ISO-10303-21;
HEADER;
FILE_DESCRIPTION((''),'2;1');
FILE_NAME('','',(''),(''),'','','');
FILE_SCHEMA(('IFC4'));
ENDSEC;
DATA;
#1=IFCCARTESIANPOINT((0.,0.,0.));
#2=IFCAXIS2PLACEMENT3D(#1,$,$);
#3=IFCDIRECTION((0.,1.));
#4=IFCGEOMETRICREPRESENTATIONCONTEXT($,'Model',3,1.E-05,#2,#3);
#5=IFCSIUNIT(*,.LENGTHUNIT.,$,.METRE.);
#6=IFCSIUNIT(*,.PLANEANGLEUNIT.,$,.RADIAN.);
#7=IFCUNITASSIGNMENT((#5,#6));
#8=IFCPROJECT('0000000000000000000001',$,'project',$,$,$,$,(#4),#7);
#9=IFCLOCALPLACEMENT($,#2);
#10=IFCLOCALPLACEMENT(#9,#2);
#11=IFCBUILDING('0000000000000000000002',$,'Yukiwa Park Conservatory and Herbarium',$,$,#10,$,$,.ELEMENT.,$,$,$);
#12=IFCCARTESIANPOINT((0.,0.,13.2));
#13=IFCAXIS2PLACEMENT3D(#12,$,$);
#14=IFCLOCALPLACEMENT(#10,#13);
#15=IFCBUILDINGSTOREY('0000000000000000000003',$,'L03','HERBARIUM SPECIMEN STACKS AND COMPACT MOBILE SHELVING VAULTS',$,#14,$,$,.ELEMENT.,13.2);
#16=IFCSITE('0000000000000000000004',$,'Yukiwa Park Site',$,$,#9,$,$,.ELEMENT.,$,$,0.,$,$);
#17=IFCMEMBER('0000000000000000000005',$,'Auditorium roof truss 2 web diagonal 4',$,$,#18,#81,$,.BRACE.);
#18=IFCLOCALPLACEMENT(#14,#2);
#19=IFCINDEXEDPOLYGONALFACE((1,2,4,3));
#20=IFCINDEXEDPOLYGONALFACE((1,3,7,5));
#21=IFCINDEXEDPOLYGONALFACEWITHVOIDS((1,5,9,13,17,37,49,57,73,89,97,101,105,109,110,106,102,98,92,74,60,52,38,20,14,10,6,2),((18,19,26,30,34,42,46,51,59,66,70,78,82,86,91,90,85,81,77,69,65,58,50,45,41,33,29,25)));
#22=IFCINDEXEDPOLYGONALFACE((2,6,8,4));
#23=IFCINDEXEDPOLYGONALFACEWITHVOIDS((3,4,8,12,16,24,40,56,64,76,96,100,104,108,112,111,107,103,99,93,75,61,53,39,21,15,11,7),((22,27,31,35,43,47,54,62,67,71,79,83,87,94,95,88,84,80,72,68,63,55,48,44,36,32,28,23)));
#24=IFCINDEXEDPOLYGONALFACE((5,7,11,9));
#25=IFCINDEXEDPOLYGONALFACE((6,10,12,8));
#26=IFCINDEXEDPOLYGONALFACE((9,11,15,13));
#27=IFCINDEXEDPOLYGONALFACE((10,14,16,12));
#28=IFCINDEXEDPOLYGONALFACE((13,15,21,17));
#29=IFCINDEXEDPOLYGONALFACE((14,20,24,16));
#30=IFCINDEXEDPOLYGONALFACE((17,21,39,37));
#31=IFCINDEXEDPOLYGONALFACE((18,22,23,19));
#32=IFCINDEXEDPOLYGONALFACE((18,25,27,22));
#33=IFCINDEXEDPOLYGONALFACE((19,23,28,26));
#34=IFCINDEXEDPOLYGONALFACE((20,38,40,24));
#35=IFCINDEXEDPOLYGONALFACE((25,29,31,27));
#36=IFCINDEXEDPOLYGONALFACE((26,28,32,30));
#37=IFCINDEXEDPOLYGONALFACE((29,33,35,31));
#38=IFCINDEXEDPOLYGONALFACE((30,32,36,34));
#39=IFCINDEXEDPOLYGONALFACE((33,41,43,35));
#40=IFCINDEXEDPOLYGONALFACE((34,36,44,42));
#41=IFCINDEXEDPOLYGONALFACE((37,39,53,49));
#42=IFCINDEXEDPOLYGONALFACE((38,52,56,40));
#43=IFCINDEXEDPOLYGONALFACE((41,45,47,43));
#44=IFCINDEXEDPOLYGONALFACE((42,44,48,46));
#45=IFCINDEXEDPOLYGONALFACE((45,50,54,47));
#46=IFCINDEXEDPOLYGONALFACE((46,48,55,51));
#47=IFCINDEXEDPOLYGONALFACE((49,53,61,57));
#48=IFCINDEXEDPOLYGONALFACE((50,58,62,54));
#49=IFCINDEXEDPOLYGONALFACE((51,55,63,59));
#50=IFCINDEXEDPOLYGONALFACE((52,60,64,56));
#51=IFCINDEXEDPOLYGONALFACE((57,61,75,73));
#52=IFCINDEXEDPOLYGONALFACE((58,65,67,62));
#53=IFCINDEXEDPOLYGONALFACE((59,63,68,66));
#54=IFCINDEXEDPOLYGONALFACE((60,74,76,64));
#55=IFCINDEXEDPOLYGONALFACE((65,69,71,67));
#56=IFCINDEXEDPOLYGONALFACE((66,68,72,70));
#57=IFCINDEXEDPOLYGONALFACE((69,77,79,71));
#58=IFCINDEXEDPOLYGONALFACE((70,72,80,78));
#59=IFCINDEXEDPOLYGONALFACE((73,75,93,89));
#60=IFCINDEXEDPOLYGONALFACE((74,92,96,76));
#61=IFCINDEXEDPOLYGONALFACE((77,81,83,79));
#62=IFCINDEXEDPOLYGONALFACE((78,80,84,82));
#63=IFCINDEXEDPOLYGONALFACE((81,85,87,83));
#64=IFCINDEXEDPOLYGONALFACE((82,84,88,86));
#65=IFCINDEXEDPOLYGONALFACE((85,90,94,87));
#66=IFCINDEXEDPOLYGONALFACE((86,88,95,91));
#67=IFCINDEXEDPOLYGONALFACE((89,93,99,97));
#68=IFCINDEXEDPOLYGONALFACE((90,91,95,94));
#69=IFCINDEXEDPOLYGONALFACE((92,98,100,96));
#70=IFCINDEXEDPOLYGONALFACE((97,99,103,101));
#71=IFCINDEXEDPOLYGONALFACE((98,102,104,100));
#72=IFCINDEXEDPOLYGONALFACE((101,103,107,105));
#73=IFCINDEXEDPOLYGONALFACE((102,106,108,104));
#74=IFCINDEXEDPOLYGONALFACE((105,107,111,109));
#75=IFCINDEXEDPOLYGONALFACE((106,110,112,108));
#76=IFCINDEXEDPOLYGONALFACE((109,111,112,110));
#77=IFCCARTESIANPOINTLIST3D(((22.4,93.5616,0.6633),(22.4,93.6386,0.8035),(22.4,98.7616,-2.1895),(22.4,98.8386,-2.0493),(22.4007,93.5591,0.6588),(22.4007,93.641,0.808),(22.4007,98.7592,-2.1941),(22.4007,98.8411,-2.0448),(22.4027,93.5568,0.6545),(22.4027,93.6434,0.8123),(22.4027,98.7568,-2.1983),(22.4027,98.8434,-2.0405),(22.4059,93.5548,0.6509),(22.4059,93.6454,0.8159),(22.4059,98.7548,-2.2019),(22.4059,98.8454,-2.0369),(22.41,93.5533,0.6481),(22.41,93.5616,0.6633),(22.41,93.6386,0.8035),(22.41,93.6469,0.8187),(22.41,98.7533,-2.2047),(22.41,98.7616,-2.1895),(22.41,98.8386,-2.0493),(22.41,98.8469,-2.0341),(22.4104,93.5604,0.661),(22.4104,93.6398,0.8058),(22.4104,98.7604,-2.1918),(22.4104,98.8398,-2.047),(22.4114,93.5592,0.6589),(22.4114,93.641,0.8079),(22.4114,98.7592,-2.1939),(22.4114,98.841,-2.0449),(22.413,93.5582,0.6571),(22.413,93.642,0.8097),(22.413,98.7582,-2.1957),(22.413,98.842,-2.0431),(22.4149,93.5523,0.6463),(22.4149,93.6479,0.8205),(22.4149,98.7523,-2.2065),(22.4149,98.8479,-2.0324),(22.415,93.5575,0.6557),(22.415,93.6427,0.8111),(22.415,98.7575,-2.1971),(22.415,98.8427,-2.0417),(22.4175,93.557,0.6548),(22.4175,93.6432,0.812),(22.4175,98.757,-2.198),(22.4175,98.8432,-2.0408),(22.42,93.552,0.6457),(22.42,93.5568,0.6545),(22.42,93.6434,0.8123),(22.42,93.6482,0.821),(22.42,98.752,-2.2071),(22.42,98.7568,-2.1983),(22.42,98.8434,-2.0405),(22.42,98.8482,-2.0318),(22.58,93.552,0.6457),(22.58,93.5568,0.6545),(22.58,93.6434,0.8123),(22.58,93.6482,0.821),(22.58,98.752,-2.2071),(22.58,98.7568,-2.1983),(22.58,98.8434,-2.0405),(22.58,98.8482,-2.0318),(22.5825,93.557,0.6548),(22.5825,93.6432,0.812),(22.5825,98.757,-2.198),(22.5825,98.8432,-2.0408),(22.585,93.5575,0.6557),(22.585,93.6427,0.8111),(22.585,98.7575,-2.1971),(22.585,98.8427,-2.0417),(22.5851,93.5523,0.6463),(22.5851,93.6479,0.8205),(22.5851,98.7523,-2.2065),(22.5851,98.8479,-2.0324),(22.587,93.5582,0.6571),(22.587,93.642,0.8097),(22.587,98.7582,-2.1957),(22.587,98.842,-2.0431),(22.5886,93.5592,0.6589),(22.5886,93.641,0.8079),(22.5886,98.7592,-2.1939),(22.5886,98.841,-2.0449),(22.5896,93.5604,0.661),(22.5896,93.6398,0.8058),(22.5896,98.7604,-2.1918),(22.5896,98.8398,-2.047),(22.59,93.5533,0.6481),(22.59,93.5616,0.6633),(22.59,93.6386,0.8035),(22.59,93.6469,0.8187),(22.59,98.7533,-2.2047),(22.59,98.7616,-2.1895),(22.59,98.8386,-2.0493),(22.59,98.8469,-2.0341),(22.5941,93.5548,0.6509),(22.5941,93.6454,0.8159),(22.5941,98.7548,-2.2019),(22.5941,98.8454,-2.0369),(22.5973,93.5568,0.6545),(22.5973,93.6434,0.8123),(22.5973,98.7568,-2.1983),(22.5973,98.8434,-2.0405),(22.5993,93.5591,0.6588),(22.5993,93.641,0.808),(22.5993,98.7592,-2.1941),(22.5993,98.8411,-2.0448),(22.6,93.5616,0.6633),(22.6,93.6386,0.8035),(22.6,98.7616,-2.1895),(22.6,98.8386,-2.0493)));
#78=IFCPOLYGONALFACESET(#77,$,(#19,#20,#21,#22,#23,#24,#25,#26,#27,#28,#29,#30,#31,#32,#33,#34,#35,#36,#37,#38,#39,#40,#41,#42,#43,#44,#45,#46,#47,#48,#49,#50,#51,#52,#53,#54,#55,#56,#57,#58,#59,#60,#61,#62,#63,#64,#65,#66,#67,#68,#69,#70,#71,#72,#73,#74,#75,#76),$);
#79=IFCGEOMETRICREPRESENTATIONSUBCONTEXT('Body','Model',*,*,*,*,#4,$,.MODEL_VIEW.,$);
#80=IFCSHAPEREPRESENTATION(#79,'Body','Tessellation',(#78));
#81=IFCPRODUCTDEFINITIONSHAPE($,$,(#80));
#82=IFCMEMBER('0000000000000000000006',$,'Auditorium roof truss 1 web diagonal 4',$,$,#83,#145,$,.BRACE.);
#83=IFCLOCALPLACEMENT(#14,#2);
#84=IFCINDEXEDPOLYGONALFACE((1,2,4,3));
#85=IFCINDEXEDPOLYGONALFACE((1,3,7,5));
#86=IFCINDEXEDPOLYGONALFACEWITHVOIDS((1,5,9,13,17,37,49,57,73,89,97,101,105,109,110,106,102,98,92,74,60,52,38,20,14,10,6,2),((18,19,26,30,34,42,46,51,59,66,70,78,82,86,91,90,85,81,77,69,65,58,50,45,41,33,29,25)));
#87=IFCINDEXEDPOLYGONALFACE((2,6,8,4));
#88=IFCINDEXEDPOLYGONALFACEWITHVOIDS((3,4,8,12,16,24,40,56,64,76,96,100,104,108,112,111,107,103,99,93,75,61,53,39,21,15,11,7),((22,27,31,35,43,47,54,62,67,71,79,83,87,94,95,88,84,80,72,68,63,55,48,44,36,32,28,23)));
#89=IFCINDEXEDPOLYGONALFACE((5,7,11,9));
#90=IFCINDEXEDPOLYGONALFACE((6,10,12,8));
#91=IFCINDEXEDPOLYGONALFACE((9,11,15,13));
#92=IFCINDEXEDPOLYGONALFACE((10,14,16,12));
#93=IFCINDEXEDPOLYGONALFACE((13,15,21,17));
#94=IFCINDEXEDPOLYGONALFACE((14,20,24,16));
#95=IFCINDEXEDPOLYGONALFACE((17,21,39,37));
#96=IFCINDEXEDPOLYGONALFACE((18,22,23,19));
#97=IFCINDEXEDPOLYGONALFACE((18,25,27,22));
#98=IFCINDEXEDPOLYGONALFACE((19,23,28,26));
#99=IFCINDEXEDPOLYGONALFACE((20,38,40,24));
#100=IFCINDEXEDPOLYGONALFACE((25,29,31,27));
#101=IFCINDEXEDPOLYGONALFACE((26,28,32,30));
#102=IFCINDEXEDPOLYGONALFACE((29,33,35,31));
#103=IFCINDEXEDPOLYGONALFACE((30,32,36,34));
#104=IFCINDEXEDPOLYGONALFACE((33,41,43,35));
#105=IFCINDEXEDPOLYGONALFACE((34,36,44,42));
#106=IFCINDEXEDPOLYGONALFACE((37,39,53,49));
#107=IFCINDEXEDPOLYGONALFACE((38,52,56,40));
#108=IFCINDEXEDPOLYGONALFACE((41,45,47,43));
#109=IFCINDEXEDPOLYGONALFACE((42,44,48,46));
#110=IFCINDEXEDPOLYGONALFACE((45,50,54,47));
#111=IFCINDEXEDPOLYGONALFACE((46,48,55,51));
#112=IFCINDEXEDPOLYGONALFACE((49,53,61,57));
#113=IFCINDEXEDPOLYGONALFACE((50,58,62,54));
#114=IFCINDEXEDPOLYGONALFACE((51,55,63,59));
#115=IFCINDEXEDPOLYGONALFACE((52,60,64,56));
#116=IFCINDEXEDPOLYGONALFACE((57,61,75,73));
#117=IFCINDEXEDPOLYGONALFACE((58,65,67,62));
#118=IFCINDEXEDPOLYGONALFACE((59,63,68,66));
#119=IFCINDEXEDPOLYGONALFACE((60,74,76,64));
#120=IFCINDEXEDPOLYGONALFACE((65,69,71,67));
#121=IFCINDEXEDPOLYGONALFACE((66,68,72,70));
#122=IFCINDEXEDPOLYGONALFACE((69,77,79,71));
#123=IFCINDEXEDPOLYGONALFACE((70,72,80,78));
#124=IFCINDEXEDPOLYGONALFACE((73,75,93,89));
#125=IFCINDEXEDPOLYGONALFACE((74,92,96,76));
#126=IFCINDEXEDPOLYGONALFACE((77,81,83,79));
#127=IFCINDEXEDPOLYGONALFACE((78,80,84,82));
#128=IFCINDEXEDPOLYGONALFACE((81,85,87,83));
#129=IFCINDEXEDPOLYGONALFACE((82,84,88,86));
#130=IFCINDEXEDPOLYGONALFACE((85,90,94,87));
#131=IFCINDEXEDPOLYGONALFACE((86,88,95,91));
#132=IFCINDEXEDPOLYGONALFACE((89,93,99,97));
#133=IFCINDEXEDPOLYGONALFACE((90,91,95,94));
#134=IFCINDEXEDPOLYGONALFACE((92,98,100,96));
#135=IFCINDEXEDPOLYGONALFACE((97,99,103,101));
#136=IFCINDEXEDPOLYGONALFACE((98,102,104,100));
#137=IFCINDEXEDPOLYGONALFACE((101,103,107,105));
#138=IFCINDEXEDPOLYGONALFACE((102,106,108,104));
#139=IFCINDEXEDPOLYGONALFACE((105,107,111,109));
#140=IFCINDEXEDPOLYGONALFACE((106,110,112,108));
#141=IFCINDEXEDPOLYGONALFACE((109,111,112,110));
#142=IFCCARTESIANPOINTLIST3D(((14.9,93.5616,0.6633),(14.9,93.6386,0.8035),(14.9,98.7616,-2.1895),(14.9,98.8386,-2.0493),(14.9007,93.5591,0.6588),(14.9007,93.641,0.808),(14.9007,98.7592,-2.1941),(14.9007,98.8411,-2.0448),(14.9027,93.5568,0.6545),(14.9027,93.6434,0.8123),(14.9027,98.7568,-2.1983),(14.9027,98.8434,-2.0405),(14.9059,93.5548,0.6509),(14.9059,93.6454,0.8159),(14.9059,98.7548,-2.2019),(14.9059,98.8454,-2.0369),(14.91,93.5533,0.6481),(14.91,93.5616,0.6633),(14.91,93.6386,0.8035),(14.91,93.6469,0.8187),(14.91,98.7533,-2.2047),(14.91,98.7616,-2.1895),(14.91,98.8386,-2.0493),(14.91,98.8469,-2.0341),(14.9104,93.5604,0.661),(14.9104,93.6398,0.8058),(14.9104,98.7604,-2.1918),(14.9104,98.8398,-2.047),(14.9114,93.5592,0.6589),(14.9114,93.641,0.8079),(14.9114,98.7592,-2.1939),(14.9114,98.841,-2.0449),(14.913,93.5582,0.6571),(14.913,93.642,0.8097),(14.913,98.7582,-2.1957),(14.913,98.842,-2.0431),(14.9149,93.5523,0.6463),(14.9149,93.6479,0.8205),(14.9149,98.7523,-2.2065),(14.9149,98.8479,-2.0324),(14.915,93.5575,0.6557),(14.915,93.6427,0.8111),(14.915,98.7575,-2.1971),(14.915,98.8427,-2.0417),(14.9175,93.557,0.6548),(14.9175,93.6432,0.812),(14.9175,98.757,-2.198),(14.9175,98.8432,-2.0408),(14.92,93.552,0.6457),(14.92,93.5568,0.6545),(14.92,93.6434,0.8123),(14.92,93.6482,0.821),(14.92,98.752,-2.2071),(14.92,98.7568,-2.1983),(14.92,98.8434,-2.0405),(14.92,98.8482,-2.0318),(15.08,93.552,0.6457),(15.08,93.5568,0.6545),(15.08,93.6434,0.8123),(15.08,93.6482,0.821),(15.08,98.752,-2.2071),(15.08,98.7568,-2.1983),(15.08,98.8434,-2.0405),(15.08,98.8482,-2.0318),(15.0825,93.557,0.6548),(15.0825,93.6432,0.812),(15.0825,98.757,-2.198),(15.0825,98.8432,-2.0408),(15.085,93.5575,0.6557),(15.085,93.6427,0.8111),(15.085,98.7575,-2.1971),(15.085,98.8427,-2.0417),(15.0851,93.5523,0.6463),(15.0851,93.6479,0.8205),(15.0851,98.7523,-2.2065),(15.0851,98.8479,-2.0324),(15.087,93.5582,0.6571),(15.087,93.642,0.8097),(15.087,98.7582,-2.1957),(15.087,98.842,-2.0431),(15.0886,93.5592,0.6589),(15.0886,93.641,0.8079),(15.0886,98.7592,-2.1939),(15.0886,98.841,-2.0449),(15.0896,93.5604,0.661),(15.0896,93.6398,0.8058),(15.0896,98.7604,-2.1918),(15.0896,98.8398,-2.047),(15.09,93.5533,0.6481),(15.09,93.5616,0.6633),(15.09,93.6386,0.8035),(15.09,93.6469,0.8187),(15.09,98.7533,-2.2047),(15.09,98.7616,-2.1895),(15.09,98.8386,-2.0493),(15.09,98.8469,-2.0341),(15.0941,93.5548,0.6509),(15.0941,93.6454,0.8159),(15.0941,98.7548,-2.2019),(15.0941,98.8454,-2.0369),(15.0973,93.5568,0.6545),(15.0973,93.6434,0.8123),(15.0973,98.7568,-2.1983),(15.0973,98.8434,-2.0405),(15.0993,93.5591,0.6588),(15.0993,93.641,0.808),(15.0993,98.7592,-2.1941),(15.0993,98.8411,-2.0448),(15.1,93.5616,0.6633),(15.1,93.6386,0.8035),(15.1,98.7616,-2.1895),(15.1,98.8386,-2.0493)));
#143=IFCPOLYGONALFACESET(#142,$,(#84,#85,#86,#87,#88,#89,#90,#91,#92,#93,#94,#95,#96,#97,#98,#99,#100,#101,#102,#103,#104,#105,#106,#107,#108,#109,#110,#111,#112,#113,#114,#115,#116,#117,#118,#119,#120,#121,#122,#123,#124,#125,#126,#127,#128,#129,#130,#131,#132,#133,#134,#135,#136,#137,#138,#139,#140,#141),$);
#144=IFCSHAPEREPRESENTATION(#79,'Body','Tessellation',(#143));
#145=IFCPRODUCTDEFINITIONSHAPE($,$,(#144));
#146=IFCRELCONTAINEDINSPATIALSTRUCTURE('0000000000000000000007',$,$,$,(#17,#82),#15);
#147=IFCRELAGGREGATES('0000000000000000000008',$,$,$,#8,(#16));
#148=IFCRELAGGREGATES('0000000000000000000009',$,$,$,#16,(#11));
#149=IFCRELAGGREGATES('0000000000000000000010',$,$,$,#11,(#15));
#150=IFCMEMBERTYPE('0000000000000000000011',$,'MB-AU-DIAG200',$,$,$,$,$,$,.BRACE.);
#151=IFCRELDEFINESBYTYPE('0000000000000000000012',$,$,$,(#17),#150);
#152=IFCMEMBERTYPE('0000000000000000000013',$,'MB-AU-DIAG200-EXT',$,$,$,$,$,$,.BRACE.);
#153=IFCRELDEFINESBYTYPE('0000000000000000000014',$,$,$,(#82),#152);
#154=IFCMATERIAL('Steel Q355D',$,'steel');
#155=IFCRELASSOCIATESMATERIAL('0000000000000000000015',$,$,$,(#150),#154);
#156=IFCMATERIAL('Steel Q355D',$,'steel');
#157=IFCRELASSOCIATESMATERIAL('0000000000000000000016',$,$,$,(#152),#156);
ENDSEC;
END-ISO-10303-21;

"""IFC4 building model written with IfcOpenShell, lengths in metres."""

from ifc_helpers import new_model, si_unit, direction, frame, origin, origin_2d, place, context, subcontext, project, spatial, hollow_rectangle, extrude, material, material_profile, profile_set, type_object, element, save


model = new_model("IFC4")

# Units and contexts
model_context = context("Model", 3, precision=1e-05, world=origin(), true_north=direction((0.0, 1.0)))
body_context = subcontext(model_context, "Body", "Model", "MODEL_VIEW")
ifc_project = project(units=[si_unit("LENGTHUNIT", "METRE"), si_unit("PLANEANGLEUNIT", "RADIAN")], contexts=[model_context])

# Site, building, storey
site_placement = place(None, origin())
site = spatial("IfcSite", under=ifc_project, at=site_placement, Name="Yukiwa Park Site", CompositionType="ELEMENT", RefElevation=0.0)
building_placement = place(site_placement, origin())
building = spatial("IfcBuilding", under=site, at=building_placement, Name="Yukiwa Park Conservatory and Herbarium", CompositionType="ELEMENT")
storey_placement = place(building_placement, frame((0.0, 0.0, 13.2)))
storey = spatial("IfcBuildingStorey", under=building, at=storey_placement, Name="L03", Description="HERBARIUM SPECIMEN STACKS AND COMPACT MOBILE SHELVING VAULTS", CompositionType="ELEMENT", Elevation=13.2)

# Members
ifc_material_1 = material(Name="Steel Q355D", Category="steel")
ifc_material_profile_1 = material_profile(ifc_material_1, hollow_rectangle(XDim=0.2, YDim=0.2, WallThickness=0.01, InnerFilletRadius=0.01, OuterFilletRadius=0.02, at=origin_2d()), Name="SHS 200x200x10")
ifc_profile_set_1 = profile_set([ifc_material_profile_1], Name="Steel Q355D")
member_type_1 = type_object("IfcMemberType", Name="MB-AU-DIAG200", PredefinedType="BRACE", material=ifc_profile_set_1)
member_1_placement = place(storey_placement, frame((22.5, 93.6001, 0.7334), z_axis=(0.0, 0.876727, -0.480988), x_axis=(-1.0, 0.0, 0.0)))
element("IfcMember", 1, at=member_1_placement, inside=storey, type_object=member_type_1, Name="Auditorium roof truss 2 web diagonal 4", PredefinedType="BRACE", context=body_context, shape_type="SweptSolid", body=[
    extrude(hollow_rectangle(XDim=0.2, YDim=0.2, WallThickness=0.01, InnerFilletRadius=0.01, OuterFilletRadius=0.02, at=origin_2d()), origin(), (0.0, 0.0, 1.0), 5.9312),
])
ifc_material_2 = material(Name="Steel Q355D", Category="steel")
ifc_material_profile_2 = material_profile(ifc_material_2, hollow_rectangle(XDim=0.2, YDim=0.2, WallThickness=0.01, InnerFilletRadius=0.01, OuterFilletRadius=0.02, at=origin_2d()), Name="SHS 200x200x10")
ifc_profile_set_2 = profile_set([ifc_material_profile_2], Name="Steel Q355D")
member_type_2 = type_object("IfcMemberType", Name="MB-AU-DIAG200-EXT", PredefinedType="BRACE", material=ifc_profile_set_2)
member_2_placement = place(storey_placement, frame((15.0, 93.6001, 0.7334), z_axis=(0.0, 0.876727, -0.480988), x_axis=(-1.0, 0.0, 0.0)))
element("IfcMember", 2, at=member_2_placement, inside=storey, type_object=member_type_2, Name="Auditorium roof truss 1 web diagonal 4", PredefinedType="BRACE", context=body_context, shape_type="SweptSolid", body=[
    extrude(hollow_rectangle(XDim=0.2, YDim=0.2, WallThickness=0.01, InnerFilletRadius=0.01, OuterFilletRadius=0.02, at=origin_2d()), origin(), (0.0, 0.0, 1.0), 5.9312),
])

save(model, "model.ifc")
